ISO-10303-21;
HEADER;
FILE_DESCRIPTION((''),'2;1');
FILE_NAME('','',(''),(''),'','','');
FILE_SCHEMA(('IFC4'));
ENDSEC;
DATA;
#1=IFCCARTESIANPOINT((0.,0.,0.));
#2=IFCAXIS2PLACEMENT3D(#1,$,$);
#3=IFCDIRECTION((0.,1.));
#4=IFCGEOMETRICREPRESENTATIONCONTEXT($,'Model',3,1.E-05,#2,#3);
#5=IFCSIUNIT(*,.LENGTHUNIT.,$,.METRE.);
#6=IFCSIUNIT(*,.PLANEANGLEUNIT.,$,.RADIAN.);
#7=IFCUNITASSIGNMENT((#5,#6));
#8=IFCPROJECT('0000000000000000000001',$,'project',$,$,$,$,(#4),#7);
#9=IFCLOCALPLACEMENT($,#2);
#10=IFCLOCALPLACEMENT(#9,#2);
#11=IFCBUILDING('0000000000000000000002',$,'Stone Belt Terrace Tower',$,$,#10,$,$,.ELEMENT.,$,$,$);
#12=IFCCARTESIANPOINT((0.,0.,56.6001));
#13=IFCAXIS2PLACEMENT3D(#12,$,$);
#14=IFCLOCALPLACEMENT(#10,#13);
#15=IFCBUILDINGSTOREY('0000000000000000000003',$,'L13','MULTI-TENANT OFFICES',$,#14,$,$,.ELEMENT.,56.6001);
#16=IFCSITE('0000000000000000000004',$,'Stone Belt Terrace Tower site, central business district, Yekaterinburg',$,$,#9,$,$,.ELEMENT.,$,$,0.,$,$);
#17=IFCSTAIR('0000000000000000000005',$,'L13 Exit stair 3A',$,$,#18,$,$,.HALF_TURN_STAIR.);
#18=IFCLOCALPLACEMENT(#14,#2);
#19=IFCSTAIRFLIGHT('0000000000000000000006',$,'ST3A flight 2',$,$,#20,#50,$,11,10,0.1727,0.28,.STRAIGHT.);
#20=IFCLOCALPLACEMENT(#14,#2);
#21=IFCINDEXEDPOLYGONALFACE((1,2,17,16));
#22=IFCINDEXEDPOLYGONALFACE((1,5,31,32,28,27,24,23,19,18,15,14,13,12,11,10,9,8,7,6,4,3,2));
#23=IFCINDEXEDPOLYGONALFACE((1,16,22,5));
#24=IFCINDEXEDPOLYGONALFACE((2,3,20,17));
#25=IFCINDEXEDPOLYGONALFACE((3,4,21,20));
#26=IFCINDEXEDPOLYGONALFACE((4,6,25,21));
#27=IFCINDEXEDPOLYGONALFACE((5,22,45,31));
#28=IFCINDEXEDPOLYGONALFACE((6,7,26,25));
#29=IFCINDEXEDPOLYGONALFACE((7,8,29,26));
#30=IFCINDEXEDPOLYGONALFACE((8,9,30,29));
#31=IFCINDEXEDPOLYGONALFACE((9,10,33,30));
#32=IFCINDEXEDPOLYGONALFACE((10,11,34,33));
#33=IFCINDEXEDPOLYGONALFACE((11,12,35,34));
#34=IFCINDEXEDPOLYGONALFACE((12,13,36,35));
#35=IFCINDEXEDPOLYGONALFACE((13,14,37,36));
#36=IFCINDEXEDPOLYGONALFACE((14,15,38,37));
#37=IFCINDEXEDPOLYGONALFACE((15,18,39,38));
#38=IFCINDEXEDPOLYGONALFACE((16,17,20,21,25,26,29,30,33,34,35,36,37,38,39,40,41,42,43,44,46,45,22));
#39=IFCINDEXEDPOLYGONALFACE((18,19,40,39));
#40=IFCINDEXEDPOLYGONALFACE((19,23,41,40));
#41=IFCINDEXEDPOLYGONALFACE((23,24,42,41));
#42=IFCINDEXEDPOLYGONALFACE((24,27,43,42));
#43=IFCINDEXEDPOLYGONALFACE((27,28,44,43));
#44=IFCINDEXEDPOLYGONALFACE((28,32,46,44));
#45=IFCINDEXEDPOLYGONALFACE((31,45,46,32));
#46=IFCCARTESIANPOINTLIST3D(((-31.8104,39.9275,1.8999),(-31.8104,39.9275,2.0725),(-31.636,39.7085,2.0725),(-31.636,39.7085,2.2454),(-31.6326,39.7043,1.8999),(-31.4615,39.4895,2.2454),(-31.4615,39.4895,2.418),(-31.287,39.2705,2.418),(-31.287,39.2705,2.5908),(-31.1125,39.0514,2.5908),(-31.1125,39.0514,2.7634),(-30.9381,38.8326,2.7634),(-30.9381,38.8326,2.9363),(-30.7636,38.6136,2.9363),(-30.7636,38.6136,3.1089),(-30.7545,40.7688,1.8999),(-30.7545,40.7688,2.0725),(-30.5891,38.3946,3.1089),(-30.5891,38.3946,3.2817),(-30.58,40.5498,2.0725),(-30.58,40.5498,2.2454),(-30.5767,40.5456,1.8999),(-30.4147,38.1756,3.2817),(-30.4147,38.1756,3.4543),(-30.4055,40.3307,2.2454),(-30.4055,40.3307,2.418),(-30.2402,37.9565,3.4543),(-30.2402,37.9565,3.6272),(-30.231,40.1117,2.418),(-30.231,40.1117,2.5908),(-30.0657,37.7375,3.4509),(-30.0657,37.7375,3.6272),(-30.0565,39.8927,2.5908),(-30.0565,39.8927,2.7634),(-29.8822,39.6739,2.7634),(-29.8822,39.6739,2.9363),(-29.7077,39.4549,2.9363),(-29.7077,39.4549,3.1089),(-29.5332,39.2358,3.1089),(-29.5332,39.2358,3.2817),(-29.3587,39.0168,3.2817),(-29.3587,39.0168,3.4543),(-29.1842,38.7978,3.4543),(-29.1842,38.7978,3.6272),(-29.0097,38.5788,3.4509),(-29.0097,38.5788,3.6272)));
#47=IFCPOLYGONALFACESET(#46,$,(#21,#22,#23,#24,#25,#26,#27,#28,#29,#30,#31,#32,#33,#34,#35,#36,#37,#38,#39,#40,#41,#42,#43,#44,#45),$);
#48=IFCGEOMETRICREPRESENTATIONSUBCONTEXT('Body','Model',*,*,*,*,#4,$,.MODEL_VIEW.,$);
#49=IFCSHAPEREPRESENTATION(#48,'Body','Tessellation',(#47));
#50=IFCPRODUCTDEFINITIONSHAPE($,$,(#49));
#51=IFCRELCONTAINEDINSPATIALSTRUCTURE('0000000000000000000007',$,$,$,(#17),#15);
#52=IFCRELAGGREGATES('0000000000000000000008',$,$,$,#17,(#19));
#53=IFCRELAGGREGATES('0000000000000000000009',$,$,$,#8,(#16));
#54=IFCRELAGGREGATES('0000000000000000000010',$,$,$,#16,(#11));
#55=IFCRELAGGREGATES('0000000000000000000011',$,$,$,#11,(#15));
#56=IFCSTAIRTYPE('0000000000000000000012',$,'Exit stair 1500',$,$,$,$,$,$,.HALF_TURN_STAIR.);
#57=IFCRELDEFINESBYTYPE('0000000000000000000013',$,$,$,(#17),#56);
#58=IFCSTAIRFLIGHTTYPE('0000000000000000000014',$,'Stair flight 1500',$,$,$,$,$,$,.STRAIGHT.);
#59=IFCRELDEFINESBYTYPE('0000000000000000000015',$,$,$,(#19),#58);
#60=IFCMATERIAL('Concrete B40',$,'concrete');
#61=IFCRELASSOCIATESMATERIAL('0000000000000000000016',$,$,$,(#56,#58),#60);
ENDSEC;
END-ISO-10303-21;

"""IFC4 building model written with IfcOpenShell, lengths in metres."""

from ifc_helpers import new_model, si_unit, direction, frame, origin, place, context, subcontext, project, spatial, polyline, outline, extrude, material, type_object, element, aggregate, save


model = new_model("IFC4")

# Units and contexts
model_context = context("Model", 3, precision=1e-05, world=origin(), true_north=direction((0.0, 1.0)))
body_context = subcontext(model_context, "Body", "Model", "MODEL_VIEW")
ifc_project = project(units=[si_unit("LENGTHUNIT", "METRE"), si_unit("PLANEANGLEUNIT", "RADIAN")], contexts=[model_context])

# Site, building, storey
site_placement = place(None, origin())
site = spatial("IfcSite", under=ifc_project, at=site_placement, Name="Stone Belt Terrace Tower site, central business district, Yekaterinburg", CompositionType="ELEMENT", RefElevation=0.0)
building_placement = place(site_placement, origin())
building = spatial("IfcBuilding", under=site, at=building_placement, Name="Stone Belt Terrace Tower", CompositionType="ELEMENT")
storey_placement = place(building_placement, frame((0.0, 0.0, 56.6001)))
storey = spatial("IfcBuildingStorey", under=building, at=storey_placement, Name="L13", Description="MULTI-TENANT OFFICES", CompositionType="ELEMENT", Elevation=56.6001)

# Stair, stair flight
ifc_material_1 = material(Name="Concrete B40", Category="concrete")
stair_type = type_object("IfcStairType", Name="Exit stair 1500", PredefinedType="HALF_TURN_STAIR", material=ifc_material_1)
stair_placement = place(storey_placement, origin())
stair = element("IfcStair", 1, at=stair_placement, inside=storey, type_object=stair_type, Name="L13 Exit stair 3A", PredefinedType="HALF_TURN_STAIR")
stair_flight_type = type_object("IfcStairFlightType", Name="Stair flight 1500", PredefinedType="STRAIGHT", material=ifc_material_1)
stair_flight_1_placement = place(storey_placement, frame((-31.2825, 40.3481, 1.8999), z_axis=(0.0, 0.0, 1.0), x_axis=(0.623121, -0.782125, 0.0)))
stair_flight_1 = element("IfcStairFlight", 2, at=stair_flight_1_placement, type_object=stair_flight_type, Name="ST3A flight 2", NumberOfRisers=11, NumberOfTreads=10, PredefinedType="STRAIGHT", RiserHeight=0.1727, TreadLength=0.28, context=body_context, shape_type="SweptSolid", body=[
    extrude(outline(polyline([(0.0, 0.0), (0.0, 0.1726), (0.28, 0.1726), (0.28, 0.3455), (0.5601, 0.3455), (0.5601, 0.5181), (0.8401, 0.5181), (0.8401, 0.6909), (1.1201, 0.6909), (1.1201, 0.8635), (1.3999, 0.8635), (1.3999, 1.0364), (1.6799, 1.0364), (1.6799, 1.209), (1.96, 1.209), (1.96, 1.3818), (2.24, 1.3818), (2.24, 1.5544), (2.52, 1.5544), (2.52, 1.7273), (2.8, 1.7273), (2.8, 1.8999), (2.8, 1.551), (0.2854, 0.0), (0.0, 0.0)])), frame((0.0, 0.675, 0.0), z_axis=(0.0, -1.0, 0.0), x_axis=(1.0, 0.0, 0.0)), (0.0, 0.0, 1.0), 1.3501),
])
aggregate(stair, [stair_flight_1])

save(model, "model.ifc")
